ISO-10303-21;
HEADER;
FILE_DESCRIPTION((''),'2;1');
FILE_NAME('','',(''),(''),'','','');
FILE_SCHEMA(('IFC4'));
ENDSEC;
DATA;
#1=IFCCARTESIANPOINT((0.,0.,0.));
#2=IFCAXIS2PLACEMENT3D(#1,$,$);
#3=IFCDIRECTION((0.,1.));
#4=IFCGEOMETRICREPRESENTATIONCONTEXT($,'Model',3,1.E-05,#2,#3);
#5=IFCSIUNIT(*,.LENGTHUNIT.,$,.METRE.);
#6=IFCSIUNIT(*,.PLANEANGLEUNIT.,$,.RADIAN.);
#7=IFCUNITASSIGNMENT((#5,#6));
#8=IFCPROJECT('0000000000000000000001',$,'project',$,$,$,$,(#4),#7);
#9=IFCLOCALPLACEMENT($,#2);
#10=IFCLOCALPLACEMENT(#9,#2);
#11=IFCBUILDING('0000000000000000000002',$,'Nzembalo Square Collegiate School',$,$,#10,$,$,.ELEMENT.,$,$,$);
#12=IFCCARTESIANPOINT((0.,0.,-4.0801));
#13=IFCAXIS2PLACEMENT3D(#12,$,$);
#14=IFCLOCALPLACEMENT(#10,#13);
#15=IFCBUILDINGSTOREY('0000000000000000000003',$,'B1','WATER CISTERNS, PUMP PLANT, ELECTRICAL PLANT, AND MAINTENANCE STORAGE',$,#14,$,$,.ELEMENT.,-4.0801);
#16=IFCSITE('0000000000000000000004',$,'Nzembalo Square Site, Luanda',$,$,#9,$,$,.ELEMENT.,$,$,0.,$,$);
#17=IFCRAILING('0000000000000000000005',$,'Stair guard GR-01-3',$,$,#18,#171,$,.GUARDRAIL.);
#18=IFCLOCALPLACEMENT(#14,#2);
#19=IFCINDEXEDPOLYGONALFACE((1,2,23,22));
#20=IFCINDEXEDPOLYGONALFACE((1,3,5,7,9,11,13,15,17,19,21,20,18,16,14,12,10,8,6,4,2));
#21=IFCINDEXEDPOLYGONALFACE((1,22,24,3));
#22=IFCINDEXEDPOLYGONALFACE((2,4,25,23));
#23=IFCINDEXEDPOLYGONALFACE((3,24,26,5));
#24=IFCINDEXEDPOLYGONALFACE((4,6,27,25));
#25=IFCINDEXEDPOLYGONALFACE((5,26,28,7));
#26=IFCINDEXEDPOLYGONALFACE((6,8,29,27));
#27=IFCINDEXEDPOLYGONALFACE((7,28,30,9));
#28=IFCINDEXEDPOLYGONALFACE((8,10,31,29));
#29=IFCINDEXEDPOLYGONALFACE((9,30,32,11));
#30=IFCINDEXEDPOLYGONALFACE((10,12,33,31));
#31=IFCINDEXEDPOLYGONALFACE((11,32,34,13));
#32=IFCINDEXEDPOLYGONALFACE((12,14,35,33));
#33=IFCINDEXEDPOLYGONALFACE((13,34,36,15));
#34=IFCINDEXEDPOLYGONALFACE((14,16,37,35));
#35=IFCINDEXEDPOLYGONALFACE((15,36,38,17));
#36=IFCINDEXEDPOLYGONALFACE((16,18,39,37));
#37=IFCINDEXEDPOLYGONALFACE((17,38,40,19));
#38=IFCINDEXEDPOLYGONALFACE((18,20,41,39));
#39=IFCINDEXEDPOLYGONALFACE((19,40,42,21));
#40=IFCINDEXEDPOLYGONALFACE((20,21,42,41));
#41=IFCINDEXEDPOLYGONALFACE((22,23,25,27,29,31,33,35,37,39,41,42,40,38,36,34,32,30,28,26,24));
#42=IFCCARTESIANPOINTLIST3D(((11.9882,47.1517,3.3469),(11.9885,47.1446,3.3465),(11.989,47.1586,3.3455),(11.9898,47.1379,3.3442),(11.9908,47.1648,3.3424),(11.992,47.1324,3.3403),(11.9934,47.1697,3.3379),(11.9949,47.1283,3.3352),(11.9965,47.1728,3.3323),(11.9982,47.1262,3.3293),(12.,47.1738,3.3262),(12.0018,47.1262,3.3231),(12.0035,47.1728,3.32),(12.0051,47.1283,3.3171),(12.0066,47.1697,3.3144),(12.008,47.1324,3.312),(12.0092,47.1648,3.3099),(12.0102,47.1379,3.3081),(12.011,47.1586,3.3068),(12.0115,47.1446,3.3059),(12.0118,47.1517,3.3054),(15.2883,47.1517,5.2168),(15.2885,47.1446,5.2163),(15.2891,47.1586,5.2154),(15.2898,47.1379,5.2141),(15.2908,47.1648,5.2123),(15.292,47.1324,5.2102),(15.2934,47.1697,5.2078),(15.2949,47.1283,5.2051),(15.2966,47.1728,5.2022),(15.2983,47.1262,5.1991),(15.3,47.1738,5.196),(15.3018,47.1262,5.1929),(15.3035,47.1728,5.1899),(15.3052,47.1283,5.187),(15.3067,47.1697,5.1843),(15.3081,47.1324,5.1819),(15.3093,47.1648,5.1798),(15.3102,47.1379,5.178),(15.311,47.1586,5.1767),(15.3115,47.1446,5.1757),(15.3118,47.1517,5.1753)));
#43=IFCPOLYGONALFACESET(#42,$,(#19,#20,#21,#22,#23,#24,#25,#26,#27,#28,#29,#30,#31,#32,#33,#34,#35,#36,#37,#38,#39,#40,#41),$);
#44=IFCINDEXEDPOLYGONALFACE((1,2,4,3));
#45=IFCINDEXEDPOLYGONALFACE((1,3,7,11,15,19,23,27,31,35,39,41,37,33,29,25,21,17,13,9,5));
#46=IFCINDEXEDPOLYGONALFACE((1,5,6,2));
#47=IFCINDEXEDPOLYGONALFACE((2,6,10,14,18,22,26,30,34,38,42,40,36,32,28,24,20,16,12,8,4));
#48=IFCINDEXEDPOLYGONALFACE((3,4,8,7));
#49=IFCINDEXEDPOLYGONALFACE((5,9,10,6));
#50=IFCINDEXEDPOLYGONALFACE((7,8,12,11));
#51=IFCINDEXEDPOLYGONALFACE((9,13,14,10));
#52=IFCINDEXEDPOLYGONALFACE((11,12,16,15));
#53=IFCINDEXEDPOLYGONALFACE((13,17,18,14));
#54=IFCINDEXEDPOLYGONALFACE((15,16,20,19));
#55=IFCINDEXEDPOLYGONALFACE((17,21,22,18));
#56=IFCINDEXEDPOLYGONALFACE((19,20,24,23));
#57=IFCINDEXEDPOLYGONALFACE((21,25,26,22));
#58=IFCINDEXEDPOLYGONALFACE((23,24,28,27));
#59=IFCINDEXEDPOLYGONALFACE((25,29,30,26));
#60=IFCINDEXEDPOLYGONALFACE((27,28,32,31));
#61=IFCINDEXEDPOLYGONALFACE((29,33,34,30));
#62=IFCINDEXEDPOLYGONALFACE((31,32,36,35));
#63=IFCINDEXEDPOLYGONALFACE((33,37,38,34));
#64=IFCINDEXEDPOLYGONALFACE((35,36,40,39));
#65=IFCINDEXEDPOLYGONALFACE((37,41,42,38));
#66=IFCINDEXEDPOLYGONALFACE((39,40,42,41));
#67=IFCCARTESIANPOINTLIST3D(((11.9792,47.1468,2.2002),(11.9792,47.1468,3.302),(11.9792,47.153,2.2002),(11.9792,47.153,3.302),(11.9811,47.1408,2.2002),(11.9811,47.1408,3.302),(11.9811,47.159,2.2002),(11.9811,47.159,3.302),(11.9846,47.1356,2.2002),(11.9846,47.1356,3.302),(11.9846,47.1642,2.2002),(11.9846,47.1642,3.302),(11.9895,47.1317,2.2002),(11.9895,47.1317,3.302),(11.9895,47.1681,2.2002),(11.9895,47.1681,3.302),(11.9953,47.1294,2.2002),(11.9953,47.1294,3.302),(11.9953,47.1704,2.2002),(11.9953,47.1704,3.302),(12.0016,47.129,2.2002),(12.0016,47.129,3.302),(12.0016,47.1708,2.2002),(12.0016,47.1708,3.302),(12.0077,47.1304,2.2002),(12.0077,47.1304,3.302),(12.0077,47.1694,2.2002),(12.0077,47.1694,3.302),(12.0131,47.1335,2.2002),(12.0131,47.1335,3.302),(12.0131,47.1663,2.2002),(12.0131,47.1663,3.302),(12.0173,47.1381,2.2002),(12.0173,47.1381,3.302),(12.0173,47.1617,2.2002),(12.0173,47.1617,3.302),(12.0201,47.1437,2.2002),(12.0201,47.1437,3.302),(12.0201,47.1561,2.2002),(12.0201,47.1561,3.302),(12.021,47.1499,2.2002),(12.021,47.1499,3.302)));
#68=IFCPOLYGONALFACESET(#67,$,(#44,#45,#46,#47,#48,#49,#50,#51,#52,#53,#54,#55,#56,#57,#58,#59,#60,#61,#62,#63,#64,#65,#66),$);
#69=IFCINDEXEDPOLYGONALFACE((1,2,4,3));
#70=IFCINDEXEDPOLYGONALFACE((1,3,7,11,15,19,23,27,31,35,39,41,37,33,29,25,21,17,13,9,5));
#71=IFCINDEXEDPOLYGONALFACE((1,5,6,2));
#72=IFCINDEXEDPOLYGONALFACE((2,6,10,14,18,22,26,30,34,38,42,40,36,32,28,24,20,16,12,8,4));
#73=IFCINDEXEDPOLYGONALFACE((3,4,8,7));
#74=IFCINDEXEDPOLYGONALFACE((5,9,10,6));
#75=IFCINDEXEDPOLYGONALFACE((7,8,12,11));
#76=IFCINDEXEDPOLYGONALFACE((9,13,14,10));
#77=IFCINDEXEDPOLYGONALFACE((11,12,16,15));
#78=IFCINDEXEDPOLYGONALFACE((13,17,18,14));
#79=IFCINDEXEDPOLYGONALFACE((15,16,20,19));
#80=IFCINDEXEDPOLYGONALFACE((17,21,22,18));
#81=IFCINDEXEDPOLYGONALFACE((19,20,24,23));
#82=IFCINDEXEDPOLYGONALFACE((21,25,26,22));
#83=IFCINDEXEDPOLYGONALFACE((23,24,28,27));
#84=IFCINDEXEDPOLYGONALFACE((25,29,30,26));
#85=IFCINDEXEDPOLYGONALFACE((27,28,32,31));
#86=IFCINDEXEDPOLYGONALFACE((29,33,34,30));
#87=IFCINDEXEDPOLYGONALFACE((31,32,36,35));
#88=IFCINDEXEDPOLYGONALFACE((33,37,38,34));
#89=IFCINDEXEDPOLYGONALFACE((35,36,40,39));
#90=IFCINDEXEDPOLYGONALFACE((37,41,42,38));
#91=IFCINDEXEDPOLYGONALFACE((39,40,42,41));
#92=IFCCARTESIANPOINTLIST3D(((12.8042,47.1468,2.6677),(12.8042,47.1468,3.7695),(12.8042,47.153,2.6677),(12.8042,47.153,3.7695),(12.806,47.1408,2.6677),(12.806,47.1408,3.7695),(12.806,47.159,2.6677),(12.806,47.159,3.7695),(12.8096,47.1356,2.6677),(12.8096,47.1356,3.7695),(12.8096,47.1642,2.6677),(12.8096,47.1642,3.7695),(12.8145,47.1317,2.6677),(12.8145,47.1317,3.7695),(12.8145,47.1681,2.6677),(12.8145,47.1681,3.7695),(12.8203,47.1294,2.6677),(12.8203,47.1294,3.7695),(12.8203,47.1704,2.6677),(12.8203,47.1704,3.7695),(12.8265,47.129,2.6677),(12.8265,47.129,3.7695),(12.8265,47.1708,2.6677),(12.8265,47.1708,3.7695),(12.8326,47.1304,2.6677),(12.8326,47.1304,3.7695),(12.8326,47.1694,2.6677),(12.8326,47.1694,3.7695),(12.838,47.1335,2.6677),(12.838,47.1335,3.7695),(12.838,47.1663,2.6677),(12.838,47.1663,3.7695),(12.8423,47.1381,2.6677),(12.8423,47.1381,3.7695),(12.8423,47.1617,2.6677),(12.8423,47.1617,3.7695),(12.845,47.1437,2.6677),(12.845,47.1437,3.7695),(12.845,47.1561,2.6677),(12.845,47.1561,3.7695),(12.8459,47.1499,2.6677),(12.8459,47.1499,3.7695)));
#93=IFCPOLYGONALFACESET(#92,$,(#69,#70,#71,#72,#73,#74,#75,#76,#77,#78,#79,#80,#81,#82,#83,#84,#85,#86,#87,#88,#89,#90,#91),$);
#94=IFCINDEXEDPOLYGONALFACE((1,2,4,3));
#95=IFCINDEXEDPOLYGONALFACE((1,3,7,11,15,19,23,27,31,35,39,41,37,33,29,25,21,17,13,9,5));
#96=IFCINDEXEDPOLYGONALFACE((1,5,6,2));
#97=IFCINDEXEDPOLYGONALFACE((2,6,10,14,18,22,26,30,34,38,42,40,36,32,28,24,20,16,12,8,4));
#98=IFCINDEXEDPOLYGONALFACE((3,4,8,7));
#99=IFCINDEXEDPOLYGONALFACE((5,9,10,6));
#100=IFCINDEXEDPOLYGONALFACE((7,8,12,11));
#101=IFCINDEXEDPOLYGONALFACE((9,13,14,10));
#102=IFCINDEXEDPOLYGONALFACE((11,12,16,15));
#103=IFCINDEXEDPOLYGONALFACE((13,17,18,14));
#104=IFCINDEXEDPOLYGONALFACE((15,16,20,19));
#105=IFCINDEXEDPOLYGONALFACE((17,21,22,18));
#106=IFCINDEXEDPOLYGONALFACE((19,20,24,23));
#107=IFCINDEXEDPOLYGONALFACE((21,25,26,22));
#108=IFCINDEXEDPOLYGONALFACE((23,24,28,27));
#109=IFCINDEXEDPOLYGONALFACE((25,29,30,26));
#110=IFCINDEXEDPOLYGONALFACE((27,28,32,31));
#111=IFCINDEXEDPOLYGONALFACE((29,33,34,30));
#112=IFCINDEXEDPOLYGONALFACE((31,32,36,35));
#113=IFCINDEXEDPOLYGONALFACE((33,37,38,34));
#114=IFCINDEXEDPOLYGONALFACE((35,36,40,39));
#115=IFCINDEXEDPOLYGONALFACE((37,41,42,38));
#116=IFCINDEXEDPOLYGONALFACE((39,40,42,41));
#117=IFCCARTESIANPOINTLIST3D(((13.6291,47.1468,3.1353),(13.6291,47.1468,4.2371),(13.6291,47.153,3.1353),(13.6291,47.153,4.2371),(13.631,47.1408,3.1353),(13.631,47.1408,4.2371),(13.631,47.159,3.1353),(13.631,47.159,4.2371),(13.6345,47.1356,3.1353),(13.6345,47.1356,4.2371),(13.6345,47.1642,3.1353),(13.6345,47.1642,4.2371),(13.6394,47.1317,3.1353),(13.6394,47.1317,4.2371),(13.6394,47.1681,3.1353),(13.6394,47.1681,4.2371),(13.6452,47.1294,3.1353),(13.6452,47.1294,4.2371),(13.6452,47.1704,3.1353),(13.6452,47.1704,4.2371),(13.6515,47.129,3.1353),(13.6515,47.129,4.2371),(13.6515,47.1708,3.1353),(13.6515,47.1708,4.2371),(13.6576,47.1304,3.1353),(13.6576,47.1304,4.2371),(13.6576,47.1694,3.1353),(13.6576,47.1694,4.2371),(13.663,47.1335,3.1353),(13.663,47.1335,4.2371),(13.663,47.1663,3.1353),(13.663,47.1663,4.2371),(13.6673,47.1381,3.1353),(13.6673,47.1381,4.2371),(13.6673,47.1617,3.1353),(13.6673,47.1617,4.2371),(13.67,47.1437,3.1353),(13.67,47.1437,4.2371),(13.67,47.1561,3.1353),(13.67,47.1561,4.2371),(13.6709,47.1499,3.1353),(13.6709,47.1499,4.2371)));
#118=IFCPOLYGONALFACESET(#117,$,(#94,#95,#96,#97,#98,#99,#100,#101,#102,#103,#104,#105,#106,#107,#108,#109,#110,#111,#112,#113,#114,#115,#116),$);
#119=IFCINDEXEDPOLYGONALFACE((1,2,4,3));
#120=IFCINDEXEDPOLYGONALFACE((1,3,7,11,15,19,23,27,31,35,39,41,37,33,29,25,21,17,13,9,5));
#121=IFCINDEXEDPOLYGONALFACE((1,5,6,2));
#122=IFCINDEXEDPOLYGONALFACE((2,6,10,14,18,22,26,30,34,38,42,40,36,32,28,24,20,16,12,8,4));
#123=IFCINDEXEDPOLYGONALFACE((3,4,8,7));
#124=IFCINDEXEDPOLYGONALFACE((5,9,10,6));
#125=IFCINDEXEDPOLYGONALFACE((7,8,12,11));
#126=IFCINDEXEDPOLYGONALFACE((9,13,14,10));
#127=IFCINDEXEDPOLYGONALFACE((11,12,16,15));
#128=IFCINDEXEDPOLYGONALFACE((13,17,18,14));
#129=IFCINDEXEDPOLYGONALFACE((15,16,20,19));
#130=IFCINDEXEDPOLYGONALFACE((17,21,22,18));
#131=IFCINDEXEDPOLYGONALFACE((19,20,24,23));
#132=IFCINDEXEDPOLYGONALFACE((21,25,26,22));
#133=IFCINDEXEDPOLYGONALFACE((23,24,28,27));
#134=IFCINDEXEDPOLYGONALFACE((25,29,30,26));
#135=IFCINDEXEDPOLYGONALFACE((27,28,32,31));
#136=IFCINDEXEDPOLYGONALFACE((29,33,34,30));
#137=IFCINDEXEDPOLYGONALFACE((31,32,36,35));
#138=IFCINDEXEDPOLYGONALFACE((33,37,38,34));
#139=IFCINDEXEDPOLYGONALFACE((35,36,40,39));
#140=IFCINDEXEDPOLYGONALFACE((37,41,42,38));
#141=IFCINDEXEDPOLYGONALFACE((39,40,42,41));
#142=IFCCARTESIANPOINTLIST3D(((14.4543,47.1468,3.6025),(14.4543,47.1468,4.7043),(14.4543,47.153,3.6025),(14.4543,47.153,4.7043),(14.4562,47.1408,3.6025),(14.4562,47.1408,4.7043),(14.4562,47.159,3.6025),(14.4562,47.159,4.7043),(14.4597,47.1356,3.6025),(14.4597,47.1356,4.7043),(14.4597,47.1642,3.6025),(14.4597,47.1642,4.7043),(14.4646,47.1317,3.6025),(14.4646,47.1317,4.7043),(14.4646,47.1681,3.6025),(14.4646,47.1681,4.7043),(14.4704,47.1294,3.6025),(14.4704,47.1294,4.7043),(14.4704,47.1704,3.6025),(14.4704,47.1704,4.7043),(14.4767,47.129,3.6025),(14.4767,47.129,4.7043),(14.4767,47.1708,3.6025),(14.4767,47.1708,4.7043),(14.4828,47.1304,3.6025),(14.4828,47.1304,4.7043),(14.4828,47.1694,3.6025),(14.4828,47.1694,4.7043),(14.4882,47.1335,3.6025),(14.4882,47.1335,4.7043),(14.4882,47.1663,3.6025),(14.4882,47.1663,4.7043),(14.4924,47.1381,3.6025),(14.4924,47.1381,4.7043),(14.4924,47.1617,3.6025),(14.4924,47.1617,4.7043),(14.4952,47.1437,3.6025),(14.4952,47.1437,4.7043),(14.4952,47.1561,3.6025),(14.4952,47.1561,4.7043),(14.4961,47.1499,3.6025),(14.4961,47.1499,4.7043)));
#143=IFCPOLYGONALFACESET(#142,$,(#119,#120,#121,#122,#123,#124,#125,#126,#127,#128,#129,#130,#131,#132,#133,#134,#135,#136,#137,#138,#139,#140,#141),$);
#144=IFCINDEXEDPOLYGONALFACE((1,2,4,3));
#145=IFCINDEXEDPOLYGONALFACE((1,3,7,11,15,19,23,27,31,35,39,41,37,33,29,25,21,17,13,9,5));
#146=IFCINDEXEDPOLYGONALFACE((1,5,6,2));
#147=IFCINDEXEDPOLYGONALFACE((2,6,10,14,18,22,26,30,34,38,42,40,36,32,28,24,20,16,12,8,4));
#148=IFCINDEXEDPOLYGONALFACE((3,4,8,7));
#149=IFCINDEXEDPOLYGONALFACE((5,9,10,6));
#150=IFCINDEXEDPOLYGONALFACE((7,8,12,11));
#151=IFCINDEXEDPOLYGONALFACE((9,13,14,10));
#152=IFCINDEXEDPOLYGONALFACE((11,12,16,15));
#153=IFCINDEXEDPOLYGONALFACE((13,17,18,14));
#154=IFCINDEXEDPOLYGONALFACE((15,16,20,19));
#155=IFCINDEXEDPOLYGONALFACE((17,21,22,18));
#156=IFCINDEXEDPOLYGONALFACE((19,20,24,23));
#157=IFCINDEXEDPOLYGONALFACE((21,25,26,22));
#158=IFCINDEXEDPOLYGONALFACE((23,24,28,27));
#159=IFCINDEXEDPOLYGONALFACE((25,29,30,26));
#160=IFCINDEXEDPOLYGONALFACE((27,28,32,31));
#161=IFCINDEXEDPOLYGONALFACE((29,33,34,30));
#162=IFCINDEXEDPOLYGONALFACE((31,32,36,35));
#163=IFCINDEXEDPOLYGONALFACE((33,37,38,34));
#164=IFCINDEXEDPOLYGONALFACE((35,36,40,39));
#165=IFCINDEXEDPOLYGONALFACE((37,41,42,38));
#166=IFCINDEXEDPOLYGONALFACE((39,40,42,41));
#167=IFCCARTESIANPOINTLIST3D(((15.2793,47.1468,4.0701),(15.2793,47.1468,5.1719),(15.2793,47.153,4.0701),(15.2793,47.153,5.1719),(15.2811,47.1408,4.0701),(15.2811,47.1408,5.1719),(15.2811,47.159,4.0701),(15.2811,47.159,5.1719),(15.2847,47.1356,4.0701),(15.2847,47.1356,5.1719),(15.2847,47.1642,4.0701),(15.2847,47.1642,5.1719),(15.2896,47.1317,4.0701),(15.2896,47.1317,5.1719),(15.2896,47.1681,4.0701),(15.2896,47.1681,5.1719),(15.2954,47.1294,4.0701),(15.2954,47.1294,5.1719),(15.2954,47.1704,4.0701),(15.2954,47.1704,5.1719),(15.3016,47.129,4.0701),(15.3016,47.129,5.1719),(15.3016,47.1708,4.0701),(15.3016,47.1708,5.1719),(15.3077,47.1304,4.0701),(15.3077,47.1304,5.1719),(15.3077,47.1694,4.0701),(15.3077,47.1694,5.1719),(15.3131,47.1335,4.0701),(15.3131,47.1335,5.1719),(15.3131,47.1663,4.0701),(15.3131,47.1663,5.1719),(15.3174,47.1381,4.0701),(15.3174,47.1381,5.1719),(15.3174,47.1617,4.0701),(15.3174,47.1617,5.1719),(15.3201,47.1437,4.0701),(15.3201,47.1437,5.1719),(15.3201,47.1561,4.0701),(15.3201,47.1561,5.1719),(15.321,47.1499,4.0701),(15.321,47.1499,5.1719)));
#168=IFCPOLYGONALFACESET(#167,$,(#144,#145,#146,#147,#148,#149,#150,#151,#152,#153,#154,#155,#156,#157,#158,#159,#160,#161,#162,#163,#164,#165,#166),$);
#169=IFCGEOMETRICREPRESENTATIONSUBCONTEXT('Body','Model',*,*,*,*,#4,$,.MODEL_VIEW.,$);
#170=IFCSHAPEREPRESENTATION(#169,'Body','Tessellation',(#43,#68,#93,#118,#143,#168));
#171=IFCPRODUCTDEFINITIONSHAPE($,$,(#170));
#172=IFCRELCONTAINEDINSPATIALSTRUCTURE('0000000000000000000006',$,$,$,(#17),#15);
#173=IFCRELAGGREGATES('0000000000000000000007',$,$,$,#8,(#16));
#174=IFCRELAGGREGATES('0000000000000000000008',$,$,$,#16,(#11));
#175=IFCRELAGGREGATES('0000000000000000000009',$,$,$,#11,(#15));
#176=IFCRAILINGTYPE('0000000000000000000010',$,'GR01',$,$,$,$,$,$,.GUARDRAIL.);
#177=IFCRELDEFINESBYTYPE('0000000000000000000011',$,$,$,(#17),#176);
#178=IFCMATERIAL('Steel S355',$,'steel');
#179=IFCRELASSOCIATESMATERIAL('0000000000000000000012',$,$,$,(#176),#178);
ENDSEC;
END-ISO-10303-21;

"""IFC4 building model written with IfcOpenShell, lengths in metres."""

from ifc_helpers import new_model, si_unit, direction, frame, origin, origin_2d, place, context, subcontext, project, spatial, circle, extrude, material, type_object, element, save


model = new_model("IFC4")

# Units and contexts
model_context = context("Model", 3, precision=1e-05, world=origin(), true_north=direction((0.0, 1.0)))
body_context = subcontext(model_context, "Body", "Model", "MODEL_VIEW")
ifc_project = project(units=[si_unit("LENGTHUNIT", "METRE"), si_unit("PLANEANGLEUNIT", "RADIAN")], contexts=[model_context])

# Site, building, storey
site_placement = place(None, origin())
site = spatial("IfcSite", under=ifc_project, at=site_placement, Name="Nzembalo Square Site, Luanda", CompositionType="ELEMENT", RefElevation=0.0)
building_placement = place(site_placement, origin())
building = spatial("IfcBuilding", under=site, at=building_placement, Name="Nzembalo Square Collegiate School", CompositionType="ELEMENT")
storey_placement = place(building_placement, frame((0.0, 0.0, -4.0801)))
storey = spatial("IfcBuildingStorey", under=building, at=storey_placement, Name="B1", Description="WATER CISTERNS, PUMP PLANT, ELECTRICAL PLANT, AND MAINTENANCE STORAGE", CompositionType="ELEMENT", Elevation=-4.0801)

# Railing
ifc_material_1 = material(Name="Steel S355", Category="steel")
railing_type_1 = type_object("IfcRailingType", Name="GR01", PredefinedType="GUARDRAIL", material=ifc_material_1)
railing_1_placement = place(storey_placement, frame((12.0, 47.1499, 2.2002)))
element("IfcRailing", 1, at=railing_1_placement, inside=storey, type_object=railing_type_1, Name="Stair guard GR-01-3", PredefinedType="GUARDRAIL", context=body_context, shape_type="SweptSolid", body=[
    extrude(circle(Radius=0.0239, at=origin_2d()), frame((0.0, 0.0, 1.126), z_axis=(0.87004, 0.0, 0.492982), x_axis=(0.0, 1.0, 0.0)), (0.0, 0.0, 1.0), 3.793),
    extrude(circle(Radius=0.021, at=origin_2d()), origin(), (0.0, 0.0, 1.0), 1.1018),
    extrude(circle(Radius=0.021, at=origin_2d()), frame((0.825, 0.0, 0.4675)), (0.0, 0.0, 1.0), 1.1018),
    extrude(circle(Radius=0.021, at=origin_2d()), frame((1.6499, 0.0, 0.9351)), (0.0, 0.0, 1.0), 1.1018),
    extrude(circle(Radius=0.021, at=origin_2d()), frame((2.4751, 0.0, 1.4023)), (0.0, 0.0, 1.0), 1.1018),
    extrude(circle(Radius=0.021, at=origin_2d()), frame((3.3, 0.0, 1.8699)), (0.0, 0.0, 1.0), 1.1018),
])

save(model, "model.ifc")
